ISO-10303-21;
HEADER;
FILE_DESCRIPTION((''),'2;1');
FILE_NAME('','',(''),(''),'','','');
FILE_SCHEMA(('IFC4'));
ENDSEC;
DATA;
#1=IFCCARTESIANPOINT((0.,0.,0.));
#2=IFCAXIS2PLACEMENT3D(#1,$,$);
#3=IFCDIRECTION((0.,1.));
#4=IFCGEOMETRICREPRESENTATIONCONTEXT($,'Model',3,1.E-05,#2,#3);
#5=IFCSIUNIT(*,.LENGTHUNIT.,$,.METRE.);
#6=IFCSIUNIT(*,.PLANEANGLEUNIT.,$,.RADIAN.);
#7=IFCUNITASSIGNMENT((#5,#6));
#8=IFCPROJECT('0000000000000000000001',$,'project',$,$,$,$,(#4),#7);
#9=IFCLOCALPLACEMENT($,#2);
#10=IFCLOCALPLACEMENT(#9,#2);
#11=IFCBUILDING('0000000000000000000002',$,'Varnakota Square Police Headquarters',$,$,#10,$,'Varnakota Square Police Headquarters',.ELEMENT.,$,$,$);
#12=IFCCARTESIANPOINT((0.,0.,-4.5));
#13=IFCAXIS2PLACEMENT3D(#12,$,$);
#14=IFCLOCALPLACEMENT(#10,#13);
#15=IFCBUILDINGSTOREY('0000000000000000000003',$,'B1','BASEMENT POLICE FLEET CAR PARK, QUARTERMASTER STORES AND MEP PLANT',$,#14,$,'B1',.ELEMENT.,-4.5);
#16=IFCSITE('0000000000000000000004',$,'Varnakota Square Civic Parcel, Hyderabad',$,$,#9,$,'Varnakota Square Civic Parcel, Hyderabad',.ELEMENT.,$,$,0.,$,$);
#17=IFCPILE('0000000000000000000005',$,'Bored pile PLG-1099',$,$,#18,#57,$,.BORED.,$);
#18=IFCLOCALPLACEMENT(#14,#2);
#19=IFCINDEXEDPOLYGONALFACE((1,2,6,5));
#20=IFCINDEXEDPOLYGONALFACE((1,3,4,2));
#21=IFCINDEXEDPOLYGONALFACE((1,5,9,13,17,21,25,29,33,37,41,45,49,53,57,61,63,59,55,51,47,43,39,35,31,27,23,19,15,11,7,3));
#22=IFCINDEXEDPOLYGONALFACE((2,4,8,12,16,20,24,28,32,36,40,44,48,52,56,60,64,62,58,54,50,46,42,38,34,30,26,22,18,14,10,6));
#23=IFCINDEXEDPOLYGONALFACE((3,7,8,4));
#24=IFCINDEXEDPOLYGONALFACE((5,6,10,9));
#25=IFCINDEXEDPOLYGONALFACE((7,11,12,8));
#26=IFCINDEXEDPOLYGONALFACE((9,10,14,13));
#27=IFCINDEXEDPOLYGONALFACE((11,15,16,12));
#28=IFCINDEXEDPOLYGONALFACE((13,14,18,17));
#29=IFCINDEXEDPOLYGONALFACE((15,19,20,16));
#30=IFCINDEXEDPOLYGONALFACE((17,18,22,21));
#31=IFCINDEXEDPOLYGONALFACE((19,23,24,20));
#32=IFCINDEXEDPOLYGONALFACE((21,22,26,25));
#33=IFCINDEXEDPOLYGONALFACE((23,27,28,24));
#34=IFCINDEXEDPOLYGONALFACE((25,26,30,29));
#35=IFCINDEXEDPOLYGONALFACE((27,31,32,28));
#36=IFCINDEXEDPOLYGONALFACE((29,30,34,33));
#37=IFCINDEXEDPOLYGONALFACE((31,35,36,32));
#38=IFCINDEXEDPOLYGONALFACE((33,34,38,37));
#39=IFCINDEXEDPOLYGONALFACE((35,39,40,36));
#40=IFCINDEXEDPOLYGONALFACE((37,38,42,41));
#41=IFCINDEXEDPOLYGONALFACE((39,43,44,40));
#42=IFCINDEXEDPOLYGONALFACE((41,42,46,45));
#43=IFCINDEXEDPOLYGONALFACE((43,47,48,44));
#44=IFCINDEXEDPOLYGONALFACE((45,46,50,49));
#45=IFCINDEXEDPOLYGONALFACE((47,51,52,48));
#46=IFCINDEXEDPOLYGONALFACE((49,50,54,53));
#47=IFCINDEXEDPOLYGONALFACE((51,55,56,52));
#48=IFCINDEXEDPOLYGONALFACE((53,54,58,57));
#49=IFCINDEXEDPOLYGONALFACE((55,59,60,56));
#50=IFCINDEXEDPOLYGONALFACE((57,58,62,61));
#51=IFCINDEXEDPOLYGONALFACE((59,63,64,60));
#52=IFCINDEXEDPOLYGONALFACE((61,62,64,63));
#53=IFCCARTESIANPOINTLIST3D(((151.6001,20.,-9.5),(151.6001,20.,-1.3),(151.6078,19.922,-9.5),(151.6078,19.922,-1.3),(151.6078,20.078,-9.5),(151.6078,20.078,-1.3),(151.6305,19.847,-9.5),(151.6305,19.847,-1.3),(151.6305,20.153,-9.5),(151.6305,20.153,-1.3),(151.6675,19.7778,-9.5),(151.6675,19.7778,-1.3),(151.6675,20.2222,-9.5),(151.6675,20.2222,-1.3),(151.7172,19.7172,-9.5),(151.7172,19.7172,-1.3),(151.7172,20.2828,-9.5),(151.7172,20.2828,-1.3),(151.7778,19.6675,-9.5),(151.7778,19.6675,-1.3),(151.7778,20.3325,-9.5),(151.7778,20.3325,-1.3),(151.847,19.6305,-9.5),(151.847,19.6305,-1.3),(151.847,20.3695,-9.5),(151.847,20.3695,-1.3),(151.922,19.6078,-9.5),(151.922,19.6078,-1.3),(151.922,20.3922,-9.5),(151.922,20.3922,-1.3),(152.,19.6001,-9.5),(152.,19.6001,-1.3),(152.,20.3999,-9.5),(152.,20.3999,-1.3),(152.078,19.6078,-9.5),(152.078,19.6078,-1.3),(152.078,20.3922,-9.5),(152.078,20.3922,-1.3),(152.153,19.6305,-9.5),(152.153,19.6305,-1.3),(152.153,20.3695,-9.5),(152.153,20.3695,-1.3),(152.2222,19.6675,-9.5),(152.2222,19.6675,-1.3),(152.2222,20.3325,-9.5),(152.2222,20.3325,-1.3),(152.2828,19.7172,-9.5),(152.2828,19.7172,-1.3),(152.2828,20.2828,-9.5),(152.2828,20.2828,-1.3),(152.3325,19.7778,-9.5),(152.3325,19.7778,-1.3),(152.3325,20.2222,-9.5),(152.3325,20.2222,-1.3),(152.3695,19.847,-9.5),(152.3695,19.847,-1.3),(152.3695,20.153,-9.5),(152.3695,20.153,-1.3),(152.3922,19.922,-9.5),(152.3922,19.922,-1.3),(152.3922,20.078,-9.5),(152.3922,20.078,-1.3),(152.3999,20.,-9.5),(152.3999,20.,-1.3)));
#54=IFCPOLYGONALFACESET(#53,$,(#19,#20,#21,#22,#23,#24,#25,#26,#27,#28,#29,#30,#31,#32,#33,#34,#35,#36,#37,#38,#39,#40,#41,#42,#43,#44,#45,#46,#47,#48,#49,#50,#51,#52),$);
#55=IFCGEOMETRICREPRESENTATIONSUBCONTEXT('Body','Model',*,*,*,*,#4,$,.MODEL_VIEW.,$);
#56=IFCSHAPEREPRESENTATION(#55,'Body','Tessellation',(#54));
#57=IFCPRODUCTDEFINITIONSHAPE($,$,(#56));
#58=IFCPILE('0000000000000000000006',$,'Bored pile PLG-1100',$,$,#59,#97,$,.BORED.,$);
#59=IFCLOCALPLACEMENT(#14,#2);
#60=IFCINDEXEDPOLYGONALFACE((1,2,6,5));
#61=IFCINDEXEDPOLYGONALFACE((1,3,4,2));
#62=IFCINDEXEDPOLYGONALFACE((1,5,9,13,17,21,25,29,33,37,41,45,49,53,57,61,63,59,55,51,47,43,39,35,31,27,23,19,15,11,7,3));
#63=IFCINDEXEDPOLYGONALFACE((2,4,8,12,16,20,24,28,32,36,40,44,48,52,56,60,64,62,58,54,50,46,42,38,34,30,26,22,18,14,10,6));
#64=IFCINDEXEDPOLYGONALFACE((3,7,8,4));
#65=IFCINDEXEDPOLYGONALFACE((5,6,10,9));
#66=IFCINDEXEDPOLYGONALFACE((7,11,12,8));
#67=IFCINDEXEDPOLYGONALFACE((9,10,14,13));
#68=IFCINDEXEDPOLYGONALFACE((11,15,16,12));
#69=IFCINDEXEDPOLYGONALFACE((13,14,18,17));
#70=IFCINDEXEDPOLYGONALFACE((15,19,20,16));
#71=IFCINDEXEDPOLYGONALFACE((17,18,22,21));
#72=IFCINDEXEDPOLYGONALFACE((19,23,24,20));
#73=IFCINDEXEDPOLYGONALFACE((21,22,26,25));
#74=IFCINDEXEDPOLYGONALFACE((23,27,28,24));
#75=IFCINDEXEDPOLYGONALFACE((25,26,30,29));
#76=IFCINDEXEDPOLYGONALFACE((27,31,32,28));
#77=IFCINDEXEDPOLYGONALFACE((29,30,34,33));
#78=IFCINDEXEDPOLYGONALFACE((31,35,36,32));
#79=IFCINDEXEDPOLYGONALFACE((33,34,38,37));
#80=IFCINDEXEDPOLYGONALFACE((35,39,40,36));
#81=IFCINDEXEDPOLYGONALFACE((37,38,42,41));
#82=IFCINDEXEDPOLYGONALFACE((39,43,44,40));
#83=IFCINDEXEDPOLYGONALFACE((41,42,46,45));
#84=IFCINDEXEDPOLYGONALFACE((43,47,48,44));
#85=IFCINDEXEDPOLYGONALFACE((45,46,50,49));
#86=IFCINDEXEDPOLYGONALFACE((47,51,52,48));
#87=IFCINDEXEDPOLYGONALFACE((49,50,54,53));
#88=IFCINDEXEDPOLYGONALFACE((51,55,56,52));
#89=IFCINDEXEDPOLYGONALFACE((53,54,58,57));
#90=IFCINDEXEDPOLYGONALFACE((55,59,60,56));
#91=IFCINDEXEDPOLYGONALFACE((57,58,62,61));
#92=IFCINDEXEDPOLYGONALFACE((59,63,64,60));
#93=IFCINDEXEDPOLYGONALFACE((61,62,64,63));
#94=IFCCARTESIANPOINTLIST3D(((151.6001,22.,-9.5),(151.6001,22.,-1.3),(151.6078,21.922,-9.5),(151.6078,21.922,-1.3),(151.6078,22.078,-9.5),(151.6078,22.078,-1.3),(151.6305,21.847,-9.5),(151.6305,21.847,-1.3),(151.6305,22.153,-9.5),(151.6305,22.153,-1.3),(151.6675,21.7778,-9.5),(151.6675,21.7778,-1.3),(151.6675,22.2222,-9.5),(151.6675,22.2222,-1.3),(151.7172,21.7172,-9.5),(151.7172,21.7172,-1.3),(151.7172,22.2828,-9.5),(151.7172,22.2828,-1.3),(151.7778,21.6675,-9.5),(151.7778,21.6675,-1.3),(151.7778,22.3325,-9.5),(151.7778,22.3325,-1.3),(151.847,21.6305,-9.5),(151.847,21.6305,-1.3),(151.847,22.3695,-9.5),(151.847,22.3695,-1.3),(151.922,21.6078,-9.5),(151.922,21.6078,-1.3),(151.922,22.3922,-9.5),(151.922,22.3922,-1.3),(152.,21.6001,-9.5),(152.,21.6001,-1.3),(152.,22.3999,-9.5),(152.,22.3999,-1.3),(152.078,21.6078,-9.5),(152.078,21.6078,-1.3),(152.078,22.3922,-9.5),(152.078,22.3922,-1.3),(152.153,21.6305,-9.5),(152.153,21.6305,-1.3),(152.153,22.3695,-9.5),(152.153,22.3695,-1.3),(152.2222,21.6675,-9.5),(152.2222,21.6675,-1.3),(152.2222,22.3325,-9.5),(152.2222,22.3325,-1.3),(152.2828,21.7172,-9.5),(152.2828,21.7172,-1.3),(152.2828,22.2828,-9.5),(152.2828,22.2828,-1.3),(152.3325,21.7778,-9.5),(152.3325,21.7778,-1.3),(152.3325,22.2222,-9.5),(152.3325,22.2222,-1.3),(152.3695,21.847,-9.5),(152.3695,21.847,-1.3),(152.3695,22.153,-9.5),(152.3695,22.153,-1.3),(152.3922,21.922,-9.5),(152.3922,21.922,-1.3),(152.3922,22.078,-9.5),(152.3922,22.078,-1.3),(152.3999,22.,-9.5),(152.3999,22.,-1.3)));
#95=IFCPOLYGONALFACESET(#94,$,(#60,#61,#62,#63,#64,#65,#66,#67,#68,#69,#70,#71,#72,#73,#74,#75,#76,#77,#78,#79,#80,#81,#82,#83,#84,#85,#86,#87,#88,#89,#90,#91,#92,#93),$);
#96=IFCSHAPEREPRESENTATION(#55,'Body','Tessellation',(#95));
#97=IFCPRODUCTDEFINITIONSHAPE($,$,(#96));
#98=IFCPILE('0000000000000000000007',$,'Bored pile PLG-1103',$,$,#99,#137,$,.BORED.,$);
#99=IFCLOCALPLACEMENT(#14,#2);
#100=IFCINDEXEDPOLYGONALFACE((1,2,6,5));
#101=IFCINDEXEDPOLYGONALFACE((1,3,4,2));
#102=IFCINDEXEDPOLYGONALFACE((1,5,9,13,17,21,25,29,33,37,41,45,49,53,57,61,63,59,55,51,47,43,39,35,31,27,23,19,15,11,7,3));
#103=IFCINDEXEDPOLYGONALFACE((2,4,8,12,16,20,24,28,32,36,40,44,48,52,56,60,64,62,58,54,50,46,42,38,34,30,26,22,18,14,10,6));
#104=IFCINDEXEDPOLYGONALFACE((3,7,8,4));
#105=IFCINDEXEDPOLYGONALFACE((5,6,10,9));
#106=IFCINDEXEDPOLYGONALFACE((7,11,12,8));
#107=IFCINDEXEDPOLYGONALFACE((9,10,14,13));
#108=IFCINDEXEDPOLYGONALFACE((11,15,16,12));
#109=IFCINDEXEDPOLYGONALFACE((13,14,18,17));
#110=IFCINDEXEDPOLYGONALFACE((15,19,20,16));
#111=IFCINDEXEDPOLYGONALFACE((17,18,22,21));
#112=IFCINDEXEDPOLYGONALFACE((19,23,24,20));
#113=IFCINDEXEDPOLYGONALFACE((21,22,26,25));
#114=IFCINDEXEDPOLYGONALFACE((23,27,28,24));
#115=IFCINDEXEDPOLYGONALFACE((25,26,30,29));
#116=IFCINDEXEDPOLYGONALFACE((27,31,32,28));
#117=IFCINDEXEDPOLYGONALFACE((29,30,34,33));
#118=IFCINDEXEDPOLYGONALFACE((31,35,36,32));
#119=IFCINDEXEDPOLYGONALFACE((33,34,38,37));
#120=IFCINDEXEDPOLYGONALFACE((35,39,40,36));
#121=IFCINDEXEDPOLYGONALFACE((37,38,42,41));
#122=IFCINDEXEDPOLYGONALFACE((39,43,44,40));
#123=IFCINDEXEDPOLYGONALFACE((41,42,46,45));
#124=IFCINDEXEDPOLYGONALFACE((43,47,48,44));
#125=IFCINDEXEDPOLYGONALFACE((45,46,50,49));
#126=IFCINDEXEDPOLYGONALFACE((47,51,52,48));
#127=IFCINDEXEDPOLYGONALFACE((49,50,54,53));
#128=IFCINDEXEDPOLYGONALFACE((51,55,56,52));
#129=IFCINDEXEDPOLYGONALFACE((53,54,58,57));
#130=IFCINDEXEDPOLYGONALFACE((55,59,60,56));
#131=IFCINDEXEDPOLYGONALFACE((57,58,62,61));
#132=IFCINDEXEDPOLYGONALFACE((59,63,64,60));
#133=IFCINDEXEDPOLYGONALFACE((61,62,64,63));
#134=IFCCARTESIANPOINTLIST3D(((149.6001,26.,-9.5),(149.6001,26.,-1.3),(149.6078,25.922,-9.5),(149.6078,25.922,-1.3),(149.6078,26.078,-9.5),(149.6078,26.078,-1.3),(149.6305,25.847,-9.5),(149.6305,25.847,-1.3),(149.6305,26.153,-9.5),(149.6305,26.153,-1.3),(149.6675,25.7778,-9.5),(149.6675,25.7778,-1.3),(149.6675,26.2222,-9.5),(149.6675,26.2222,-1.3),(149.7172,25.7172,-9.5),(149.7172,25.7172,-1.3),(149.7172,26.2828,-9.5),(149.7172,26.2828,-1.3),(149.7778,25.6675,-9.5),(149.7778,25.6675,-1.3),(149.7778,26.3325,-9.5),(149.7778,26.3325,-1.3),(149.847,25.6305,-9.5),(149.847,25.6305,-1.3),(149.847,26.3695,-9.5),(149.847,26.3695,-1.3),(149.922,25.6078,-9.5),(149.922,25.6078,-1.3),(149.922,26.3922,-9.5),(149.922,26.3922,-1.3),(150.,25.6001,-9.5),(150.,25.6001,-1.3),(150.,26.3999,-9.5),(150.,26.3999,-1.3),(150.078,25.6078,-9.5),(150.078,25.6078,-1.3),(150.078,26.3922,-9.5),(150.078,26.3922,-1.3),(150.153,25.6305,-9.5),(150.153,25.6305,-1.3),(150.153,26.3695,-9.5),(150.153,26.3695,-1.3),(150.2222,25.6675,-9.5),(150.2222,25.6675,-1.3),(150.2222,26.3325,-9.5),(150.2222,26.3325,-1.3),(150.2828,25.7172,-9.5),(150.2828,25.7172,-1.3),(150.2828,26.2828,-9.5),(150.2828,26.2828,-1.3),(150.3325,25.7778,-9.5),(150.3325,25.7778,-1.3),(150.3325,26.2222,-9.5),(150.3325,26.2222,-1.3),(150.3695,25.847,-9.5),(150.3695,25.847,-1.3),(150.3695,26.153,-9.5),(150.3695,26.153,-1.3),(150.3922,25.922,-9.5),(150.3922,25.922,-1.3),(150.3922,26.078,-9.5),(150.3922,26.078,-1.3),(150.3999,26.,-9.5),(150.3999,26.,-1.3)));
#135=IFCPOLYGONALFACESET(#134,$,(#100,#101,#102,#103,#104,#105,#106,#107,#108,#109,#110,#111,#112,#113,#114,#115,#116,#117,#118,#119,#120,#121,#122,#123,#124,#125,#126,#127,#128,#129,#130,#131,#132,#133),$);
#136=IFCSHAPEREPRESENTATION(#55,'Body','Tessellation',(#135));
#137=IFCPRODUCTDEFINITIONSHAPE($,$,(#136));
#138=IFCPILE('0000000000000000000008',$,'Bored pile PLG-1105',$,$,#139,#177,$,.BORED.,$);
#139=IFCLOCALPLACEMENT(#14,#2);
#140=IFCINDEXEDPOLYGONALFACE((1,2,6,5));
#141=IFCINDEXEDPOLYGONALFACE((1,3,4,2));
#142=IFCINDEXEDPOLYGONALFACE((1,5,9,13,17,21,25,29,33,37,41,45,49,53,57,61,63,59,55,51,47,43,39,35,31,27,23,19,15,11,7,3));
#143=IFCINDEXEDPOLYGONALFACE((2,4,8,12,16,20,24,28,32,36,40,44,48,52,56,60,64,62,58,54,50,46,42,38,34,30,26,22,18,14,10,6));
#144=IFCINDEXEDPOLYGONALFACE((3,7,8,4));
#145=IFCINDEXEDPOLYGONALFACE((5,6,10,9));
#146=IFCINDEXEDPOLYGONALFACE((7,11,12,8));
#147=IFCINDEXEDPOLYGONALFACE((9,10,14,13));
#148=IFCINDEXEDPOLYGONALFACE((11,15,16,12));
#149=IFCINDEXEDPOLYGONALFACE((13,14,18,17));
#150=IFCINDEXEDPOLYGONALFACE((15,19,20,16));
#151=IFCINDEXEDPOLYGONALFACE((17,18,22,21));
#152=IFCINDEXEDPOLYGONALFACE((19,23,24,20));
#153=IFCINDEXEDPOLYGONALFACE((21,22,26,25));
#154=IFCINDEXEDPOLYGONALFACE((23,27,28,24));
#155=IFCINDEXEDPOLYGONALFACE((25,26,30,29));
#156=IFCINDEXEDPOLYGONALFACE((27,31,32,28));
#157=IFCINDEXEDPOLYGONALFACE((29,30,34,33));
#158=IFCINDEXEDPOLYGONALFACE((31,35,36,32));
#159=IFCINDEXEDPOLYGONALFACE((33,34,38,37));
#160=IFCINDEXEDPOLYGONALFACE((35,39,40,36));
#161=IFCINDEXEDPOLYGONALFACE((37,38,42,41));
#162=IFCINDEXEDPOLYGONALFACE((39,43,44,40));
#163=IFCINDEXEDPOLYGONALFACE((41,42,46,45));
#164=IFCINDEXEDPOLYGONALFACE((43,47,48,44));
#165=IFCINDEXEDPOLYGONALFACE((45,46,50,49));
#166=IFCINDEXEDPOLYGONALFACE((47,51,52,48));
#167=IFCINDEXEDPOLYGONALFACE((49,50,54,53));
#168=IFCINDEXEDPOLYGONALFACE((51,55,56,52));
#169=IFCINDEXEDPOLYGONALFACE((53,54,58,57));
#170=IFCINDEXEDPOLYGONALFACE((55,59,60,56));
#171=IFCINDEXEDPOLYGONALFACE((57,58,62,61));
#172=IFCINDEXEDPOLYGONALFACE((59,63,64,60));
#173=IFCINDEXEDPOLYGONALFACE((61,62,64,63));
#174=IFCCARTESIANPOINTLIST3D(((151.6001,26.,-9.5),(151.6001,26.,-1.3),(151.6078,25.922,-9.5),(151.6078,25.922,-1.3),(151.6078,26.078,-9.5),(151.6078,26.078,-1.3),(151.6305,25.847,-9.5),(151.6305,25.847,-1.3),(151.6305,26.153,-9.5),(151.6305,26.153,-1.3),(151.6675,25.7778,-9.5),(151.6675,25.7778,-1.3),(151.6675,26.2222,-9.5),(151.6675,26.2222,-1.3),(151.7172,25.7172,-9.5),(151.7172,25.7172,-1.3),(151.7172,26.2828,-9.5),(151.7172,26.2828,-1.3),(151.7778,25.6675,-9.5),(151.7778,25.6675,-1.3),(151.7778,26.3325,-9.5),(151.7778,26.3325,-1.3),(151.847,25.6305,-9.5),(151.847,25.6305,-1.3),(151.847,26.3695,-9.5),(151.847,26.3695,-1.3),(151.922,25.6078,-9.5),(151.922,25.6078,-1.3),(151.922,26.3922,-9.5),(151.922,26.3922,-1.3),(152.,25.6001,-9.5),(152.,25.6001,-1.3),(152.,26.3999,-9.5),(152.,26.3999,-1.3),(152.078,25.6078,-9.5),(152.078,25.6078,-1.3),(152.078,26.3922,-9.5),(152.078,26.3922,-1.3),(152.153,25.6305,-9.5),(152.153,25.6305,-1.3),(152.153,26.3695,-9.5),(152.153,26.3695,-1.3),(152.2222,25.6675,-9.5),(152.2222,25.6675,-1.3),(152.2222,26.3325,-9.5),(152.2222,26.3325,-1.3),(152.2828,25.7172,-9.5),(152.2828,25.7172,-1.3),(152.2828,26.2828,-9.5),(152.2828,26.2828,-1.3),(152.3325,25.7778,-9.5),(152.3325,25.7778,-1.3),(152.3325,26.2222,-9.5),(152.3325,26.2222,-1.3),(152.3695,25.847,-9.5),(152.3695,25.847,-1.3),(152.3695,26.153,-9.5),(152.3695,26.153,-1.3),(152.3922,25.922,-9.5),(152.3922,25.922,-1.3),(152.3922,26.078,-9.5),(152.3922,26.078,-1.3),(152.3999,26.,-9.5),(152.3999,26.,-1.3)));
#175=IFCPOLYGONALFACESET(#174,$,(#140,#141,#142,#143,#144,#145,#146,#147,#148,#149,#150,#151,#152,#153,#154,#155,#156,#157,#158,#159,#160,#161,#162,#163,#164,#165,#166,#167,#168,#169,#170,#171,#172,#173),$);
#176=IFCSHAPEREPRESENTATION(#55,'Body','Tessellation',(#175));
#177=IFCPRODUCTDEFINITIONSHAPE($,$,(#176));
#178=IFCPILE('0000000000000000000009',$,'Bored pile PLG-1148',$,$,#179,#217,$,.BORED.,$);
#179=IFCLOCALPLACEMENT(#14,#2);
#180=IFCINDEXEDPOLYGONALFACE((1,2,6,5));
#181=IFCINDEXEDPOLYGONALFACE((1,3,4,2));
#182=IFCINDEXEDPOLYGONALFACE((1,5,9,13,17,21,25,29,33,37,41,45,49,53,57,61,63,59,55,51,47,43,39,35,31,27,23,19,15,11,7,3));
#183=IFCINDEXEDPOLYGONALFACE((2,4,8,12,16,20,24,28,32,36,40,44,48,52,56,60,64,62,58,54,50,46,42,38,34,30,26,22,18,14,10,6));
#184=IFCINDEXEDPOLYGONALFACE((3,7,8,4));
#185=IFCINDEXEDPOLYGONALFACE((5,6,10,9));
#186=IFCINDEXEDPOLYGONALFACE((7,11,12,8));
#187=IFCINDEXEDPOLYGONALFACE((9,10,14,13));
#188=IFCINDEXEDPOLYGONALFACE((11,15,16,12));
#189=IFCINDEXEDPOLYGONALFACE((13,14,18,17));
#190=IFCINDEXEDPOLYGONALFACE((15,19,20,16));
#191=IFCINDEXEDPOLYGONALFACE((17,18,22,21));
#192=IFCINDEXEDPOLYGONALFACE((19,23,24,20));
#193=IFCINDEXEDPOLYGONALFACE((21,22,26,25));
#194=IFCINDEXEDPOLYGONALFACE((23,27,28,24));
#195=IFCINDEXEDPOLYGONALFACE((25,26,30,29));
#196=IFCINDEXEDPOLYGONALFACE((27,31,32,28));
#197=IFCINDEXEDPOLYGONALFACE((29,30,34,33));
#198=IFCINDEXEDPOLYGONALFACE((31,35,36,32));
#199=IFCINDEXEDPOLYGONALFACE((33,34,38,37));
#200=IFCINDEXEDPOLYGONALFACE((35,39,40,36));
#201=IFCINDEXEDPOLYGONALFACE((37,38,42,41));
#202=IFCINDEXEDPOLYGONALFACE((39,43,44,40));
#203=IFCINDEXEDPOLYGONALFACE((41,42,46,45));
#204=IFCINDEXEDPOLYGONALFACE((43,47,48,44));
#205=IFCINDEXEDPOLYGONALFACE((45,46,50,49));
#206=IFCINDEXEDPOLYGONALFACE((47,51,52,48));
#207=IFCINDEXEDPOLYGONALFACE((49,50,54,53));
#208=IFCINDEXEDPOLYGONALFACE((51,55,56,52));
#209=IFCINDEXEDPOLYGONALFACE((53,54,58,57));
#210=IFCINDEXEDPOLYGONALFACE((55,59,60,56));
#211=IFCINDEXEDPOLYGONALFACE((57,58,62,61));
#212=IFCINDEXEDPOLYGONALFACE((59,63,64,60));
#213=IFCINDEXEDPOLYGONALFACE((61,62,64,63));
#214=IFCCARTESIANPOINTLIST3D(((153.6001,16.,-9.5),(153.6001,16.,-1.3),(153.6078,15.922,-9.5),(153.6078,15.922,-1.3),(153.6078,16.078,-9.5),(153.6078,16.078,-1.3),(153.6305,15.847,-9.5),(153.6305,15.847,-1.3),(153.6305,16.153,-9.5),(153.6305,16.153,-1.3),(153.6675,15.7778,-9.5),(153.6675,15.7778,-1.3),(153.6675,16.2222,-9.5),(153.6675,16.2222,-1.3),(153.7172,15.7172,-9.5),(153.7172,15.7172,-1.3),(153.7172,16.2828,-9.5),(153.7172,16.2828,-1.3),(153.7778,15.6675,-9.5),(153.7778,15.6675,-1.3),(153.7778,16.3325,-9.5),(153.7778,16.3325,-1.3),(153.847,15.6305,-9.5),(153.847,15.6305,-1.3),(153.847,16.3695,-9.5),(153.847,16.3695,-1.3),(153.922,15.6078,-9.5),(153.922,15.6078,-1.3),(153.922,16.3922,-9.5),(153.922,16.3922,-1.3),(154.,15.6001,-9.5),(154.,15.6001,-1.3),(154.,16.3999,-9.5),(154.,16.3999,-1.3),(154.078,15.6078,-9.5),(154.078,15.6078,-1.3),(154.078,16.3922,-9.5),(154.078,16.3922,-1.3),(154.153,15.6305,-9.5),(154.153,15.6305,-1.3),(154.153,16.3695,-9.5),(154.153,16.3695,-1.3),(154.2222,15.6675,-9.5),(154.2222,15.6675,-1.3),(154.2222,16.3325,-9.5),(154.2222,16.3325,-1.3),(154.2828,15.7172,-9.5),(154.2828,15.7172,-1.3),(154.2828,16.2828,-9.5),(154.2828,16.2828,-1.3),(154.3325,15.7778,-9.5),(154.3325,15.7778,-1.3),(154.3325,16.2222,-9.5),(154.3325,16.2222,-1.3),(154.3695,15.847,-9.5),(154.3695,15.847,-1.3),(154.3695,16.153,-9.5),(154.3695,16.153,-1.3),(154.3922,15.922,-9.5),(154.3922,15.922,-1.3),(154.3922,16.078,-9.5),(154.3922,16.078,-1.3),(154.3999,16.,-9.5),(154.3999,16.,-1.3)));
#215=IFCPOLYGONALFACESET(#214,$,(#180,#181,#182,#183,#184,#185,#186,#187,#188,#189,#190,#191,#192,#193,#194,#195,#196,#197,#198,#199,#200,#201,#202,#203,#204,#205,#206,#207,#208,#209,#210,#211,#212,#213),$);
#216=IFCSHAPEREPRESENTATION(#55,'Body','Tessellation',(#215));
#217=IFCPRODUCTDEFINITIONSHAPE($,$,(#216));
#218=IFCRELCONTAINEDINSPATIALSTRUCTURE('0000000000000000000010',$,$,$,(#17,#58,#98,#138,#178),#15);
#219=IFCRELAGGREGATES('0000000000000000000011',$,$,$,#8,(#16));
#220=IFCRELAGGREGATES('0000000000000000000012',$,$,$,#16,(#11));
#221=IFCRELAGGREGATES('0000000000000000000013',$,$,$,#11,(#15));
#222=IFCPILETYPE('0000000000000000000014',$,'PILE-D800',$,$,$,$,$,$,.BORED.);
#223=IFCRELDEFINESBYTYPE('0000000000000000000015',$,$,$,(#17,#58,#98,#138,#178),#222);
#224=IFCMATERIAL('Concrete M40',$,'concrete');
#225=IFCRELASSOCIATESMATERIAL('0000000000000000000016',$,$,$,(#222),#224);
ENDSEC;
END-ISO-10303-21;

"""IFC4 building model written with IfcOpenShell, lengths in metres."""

from ifc_helpers import new_model, si_unit, direction, frame, origin, origin_2d, place, context, subcontext, project, spatial, circle, extrude, material, material_profile, profile_set, type_object, element, save


model = new_model("IFC4")

# Units and contexts
model_context = context("Model", 3, precision=1e-05, world=origin(), true_north=direction((0.0, 1.0)))
body_context = subcontext(model_context, "Body", "Model", "MODEL_VIEW")
ifc_project = project(units=[si_unit("LENGTHUNIT", "METRE"), si_unit("PLANEANGLEUNIT", "RADIAN")], contexts=[model_context])

# Site, building, storey
site_placement = place(None, origin())
site = spatial("IfcSite", under=ifc_project, at=site_placement, Name="Varnakota Square Civic Parcel, Hyderabad", LongName="Varnakota Square Civic Parcel, Hyderabad", CompositionType="ELEMENT", RefElevation=0.0)
building_placement = place(site_placement, origin())
building = spatial("IfcBuilding", under=site, at=building_placement, Name="Varnakota Square Police Headquarters", LongName="Varnakota Square Police Headquarters", CompositionType="ELEMENT")
storey_placement = place(building_placement, frame((0.0, 0.0, -4.5)))
storey = spatial("IfcBuildingStorey", under=building, at=storey_placement, Name="B1", Description="BASEMENT POLICE FLEET CAR PARK, QUARTERMASTER STORES AND MEP PLANT", LongName="B1", CompositionType="ELEMENT", Elevation=-4.5)

# Shared definitions
ifc_material_1 = material(Name="Concrete M40", Category="concrete")

# Piles
ifc_material_profile_1 = material_profile(ifc_material_1, circle(Radius=0.3999, at=origin_2d()), Name="BORED PILE 800")
ifc_profile_set_1 = profile_set([ifc_material_profile_1], Name="Concrete M40")
pile_type = type_object("IfcPileType", Name="PILE-D800", PredefinedType="BORED", material=ifc_profile_set_1)
for number, where, z_axis, x_axis, name in (
    (1, (152.0, 20.0, -1.3), (0.0, 0.0, -1.0), (1.0, 0.0, 0.0), "Bored pile PLG-1099"),
    (2, (152.0, 22.0, -1.3), (0.0, 0.0, -1.0), (1.0, 0.0, 0.0), "Bored pile PLG-1100"),
    (3, (150.0, 26.0, -1.3), (0.0, 0.0, -1.0), (1.0, 0.0, 0.0), "Bored pile PLG-1103"),
    (4, (152.0, 26.0, -1.3), (0.0, 0.0, -1.0), (1.0, 0.0, 0.0), "Bored pile PLG-1105"),
    (5, (154.0, 16.0, -1.3), (0.0, 0.0, -1.0), (1.0, 0.0, 0.0), "Bored pile PLG-1148"),
):
    element("IfcPile", number, at=place(storey_placement, frame(where, z_axis=z_axis, x_axis=x_axis)), inside=storey, type_object=pile_type, Name=name, PredefinedType="BORED", context=body_context, shape_type="SweptSolid", body=[
        extrude(circle(Radius=0.3999, at=origin_2d()), origin(), (0.0, 0.0, 1.0), 8.2),
    ])

save(model, "model.ifc")
